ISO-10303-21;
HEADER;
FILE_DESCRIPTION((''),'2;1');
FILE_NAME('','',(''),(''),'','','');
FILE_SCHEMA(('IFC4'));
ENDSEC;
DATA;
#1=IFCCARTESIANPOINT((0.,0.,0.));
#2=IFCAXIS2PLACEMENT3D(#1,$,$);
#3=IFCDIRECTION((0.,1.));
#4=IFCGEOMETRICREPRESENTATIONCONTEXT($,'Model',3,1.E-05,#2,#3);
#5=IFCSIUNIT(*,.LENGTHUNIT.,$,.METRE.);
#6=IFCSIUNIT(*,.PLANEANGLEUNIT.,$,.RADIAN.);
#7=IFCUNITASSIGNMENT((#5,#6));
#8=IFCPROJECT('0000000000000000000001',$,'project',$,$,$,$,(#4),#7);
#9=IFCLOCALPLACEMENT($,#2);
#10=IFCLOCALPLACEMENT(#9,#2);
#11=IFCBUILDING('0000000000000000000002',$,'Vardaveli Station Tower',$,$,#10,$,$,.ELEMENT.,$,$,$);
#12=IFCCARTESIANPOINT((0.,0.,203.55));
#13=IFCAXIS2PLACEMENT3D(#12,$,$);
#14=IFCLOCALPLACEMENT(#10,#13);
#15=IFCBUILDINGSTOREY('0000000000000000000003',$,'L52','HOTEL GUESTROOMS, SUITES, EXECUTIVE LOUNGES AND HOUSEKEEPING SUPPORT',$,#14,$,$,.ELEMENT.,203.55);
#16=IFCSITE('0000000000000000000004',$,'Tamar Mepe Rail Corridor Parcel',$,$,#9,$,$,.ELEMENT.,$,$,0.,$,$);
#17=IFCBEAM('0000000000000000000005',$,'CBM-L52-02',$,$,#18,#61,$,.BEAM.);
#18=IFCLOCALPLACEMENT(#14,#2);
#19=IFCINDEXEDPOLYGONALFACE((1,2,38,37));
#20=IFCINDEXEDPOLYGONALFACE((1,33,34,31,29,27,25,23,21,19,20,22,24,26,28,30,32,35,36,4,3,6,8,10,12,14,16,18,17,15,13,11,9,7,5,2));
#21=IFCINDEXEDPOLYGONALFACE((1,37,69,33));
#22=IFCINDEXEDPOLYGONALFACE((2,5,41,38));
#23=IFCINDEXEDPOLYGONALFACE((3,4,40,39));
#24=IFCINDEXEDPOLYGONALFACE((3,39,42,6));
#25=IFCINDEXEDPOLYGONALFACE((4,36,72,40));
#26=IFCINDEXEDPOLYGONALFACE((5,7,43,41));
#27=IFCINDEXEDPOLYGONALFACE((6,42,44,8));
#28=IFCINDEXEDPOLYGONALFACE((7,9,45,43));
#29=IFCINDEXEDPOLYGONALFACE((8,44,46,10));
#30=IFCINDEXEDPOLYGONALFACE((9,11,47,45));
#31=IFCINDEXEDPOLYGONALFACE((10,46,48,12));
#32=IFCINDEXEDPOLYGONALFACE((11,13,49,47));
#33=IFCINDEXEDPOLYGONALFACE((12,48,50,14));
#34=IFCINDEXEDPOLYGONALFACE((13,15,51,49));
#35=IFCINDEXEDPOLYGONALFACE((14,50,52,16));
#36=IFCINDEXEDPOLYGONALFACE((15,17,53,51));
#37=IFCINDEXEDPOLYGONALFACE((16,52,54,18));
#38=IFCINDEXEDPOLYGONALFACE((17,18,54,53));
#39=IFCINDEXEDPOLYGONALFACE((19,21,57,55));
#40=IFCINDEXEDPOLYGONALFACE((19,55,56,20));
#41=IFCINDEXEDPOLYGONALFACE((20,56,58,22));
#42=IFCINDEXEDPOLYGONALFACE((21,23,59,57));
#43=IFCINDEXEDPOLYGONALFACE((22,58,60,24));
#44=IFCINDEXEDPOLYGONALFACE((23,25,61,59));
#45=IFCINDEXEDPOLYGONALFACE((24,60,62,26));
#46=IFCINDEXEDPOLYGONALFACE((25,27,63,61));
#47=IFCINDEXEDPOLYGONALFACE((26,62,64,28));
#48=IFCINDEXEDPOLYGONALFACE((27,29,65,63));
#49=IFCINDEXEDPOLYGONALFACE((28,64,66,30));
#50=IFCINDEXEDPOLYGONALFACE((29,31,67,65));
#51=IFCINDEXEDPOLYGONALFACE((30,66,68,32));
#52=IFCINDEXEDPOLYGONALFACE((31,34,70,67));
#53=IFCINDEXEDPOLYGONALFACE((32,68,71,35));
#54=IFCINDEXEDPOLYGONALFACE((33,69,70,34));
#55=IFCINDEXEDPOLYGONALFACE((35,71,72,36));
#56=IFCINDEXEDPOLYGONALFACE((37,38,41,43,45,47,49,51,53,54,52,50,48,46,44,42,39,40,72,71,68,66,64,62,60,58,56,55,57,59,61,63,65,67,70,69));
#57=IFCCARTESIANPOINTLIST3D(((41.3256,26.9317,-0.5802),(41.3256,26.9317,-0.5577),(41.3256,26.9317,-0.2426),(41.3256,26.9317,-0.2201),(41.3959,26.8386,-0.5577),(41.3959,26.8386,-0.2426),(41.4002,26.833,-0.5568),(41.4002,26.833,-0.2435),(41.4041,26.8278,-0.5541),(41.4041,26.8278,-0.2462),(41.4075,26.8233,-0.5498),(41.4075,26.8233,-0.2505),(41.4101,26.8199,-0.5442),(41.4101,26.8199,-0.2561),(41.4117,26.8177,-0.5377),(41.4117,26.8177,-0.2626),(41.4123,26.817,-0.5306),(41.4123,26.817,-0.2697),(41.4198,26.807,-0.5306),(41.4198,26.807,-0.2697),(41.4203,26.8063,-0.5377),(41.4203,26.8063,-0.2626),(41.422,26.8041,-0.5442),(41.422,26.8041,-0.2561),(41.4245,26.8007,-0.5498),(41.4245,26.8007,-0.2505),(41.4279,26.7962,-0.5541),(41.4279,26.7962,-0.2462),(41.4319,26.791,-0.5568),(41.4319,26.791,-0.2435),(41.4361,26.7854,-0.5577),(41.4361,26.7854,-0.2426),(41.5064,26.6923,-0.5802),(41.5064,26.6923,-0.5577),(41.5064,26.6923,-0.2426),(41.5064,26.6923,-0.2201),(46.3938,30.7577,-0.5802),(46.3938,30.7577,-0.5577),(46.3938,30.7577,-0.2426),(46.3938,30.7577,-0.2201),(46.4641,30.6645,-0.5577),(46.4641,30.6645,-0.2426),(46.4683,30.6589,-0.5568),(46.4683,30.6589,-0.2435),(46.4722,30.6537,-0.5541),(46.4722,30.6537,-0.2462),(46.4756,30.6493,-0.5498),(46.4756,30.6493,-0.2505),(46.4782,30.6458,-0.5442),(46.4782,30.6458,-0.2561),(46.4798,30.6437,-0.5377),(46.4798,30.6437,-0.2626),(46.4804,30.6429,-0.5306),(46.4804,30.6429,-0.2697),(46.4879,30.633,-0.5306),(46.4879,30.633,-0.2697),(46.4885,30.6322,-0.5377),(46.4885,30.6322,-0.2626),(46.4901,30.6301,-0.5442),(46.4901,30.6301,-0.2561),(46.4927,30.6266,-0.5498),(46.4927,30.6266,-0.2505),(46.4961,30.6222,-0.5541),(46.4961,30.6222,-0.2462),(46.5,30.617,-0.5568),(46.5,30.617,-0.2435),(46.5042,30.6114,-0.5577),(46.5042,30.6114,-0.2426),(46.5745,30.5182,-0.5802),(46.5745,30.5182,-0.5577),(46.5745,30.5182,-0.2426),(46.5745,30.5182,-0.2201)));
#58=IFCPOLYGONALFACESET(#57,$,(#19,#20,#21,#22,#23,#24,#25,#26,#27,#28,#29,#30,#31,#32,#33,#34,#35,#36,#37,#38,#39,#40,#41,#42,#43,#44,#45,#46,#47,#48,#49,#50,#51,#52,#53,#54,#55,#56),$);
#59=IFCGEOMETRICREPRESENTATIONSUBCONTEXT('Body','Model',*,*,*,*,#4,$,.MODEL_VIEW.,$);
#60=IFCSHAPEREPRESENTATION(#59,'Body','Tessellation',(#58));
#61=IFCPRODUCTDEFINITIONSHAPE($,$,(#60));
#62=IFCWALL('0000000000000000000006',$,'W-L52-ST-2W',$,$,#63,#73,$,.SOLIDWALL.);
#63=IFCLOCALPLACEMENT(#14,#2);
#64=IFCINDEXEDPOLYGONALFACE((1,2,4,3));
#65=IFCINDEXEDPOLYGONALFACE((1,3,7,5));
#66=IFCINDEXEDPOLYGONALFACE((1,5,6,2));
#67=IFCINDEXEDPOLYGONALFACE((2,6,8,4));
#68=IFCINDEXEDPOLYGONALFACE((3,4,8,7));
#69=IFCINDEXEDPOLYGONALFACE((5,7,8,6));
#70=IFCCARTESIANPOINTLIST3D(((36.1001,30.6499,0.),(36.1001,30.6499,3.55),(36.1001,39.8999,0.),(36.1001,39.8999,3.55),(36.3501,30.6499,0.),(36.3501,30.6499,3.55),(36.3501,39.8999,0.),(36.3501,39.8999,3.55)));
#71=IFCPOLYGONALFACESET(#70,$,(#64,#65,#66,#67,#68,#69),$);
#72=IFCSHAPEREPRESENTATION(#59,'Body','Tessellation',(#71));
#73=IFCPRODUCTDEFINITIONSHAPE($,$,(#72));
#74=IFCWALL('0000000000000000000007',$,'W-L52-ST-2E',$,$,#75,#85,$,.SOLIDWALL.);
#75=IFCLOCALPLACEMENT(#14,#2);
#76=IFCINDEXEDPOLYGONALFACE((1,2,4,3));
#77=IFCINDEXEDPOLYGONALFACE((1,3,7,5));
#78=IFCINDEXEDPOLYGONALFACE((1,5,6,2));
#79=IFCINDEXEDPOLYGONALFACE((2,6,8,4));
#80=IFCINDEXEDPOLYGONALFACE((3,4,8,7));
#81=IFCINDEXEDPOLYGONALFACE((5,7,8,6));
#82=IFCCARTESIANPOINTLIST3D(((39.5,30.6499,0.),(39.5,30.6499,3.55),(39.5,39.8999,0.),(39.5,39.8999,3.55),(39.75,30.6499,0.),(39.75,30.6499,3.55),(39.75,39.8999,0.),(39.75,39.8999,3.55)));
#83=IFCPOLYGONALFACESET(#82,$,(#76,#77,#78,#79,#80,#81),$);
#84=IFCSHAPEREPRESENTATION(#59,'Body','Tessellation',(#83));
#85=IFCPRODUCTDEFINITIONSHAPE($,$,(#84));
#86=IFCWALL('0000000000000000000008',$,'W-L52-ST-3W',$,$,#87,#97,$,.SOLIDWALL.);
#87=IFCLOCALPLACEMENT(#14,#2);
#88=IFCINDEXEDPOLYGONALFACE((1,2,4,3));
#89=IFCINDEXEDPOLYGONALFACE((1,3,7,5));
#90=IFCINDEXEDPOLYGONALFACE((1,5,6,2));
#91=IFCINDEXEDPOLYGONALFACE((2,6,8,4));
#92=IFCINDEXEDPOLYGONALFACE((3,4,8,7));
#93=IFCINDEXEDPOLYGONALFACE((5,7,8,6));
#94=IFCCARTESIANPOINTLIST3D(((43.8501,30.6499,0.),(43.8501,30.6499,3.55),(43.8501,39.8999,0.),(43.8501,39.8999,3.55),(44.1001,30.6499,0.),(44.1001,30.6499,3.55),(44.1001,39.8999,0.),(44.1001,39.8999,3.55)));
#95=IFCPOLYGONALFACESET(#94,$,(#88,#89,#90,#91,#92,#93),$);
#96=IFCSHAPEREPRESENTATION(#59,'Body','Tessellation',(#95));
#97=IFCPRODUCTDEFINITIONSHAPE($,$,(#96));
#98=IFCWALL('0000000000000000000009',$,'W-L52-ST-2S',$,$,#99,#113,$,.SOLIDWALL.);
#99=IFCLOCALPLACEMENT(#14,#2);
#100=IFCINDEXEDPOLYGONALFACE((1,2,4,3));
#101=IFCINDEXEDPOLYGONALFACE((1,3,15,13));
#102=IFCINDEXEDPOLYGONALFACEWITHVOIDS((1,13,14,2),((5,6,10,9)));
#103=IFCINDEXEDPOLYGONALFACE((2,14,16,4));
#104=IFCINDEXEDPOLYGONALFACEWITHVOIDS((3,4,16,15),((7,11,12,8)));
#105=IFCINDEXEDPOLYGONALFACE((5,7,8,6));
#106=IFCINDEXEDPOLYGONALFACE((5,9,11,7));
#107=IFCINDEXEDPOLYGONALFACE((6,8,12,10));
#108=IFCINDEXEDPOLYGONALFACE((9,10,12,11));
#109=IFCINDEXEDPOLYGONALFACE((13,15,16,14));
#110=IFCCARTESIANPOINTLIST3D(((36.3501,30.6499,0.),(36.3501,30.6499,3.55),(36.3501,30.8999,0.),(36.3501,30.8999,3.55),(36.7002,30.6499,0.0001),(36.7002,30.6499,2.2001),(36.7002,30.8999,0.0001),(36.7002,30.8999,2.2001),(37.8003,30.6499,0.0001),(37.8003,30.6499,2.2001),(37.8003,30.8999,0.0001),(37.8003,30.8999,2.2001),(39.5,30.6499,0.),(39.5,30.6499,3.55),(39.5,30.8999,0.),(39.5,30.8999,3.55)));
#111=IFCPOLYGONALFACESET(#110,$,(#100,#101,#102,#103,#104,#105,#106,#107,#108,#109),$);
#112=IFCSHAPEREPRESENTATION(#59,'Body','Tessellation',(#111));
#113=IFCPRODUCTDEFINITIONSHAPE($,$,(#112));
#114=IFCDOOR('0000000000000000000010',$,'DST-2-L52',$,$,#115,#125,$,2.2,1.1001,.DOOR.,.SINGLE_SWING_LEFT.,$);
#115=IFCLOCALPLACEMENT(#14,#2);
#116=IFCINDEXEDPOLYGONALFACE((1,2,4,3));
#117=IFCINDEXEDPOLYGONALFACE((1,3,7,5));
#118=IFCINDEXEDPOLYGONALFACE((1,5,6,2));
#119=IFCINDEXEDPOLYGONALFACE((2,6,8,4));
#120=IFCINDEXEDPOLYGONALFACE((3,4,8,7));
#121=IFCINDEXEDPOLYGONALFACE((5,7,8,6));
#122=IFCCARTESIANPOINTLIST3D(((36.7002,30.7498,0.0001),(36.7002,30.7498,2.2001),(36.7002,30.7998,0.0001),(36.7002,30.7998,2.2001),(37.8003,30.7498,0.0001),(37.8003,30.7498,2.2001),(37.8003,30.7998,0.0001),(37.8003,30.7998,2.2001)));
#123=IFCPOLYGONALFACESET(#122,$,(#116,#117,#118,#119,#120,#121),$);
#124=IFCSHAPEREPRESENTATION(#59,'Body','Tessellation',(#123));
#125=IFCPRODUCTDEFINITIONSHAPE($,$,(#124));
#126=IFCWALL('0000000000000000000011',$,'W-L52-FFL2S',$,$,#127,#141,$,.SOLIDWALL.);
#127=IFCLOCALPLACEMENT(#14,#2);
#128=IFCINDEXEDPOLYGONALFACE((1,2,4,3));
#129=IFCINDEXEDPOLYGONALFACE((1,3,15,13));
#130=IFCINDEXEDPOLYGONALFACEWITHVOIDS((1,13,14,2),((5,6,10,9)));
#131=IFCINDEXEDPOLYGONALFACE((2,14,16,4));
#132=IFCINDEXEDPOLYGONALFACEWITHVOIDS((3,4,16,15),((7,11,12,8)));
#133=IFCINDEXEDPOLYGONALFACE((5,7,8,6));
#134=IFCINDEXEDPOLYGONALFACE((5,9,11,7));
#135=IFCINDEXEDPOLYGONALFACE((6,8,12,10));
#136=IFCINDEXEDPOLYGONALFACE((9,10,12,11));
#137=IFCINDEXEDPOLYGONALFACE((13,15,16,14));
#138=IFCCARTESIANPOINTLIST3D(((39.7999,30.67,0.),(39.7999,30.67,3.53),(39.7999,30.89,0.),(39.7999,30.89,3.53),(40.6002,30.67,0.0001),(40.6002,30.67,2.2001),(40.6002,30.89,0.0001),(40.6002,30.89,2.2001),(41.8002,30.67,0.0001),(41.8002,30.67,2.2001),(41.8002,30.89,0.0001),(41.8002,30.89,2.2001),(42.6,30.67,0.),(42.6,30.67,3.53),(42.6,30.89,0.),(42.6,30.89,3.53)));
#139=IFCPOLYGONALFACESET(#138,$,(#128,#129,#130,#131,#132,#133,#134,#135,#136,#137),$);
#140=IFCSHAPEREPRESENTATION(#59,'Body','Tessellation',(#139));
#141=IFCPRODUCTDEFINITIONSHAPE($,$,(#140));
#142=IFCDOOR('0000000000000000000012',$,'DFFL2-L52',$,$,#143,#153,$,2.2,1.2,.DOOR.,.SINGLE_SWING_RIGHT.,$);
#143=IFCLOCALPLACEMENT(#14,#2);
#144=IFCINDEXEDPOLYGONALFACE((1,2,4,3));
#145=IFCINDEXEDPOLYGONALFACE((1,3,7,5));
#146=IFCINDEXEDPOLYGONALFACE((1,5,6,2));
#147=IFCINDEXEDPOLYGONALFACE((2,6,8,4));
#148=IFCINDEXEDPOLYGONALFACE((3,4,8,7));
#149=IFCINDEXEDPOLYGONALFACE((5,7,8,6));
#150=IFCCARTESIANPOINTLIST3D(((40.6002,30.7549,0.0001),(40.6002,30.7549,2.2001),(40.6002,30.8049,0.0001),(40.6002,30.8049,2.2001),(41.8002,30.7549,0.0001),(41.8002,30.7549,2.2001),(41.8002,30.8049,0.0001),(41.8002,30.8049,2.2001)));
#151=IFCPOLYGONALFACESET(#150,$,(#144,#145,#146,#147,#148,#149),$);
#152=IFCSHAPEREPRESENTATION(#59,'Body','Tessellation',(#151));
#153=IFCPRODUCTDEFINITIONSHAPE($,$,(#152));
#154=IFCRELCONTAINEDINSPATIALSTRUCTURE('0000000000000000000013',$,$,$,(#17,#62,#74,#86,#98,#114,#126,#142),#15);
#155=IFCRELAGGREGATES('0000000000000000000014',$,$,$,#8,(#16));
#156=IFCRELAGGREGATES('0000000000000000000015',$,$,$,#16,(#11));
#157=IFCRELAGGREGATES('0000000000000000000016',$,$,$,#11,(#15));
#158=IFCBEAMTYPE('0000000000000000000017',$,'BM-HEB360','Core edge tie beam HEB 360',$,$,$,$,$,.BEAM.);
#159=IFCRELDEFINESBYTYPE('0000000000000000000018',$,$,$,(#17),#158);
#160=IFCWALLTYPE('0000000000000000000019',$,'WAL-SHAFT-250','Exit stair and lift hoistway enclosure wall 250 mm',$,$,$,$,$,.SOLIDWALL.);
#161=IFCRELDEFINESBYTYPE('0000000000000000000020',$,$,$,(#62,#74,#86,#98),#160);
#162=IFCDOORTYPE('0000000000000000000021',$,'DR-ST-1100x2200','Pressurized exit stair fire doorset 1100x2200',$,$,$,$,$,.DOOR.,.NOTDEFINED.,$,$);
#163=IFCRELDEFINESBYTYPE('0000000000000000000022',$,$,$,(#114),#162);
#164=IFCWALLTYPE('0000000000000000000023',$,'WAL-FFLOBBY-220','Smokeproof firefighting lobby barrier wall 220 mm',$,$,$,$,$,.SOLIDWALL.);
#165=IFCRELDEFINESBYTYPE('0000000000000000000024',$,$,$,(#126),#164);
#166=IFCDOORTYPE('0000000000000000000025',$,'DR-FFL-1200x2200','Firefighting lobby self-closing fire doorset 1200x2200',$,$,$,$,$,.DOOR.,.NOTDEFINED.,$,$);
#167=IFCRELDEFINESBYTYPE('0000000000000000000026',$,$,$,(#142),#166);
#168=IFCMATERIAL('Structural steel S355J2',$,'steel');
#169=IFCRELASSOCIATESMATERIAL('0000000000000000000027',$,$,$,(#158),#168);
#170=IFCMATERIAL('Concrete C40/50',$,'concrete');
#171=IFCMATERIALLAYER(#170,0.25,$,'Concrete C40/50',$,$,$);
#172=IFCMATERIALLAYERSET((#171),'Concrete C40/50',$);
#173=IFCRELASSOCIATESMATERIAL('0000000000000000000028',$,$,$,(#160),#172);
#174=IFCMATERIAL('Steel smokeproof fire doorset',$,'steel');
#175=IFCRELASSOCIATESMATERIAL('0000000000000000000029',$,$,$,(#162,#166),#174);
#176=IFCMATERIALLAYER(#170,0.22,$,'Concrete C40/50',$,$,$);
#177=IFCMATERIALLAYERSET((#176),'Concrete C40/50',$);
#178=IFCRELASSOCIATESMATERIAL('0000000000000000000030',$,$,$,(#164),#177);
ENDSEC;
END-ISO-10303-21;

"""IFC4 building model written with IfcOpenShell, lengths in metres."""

from ifc_helpers import new_model, si_unit, direction, frame, frame_2d, origin, origin_2d, place, context, subcontext, project, spatial, rectangle, i_section, extrude, source, transform, mapped, material, layer, layer_set, material_profile, profile_set, type_object, element, fill, save


model = new_model("IFC4")

# Units and contexts
model_context = context("Model", 3, precision=1e-05, world=origin(), true_north=direction((0.0, 1.0)))
body_context = subcontext(model_context, "Body", "Model", "MODEL_VIEW")
ifc_project = project(units=[si_unit("LENGTHUNIT", "METRE"), si_unit("PLANEANGLEUNIT", "RADIAN")], contexts=[model_context])

# Site, building, storey
site_placement = place(None, origin())
site = spatial("IfcSite", under=ifc_project, at=site_placement, Name="Tamar Mepe Rail Corridor Parcel", CompositionType="ELEMENT", RefElevation=0.0)
building_placement = place(site_placement, origin())
building = spatial("IfcBuilding", under=site, at=building_placement, Name="Vardaveli Station Tower", CompositionType="ELEMENT")
storey_placement = place(building_placement, frame((0.0, 0.0, 203.55)))
storey = spatial("IfcBuildingStorey", under=building, at=storey_placement, Name="L52", Description="HOTEL GUESTROOMS, SUITES, EXECUTIVE LOUNGES AND HOUSEKEEPING SUPPORT", CompositionType="ELEMENT", Elevation=203.55)

# Beam
ifc_material_1 = material(Name="Structural steel S355J2", Category="steel")
ifc_material_profile_1 = material_profile(ifc_material_1, i_section(OverallWidth=0.3, OverallDepth=0.3601, WebThickness=0.0125, FlangeThickness=0.0225, FilletRadius=0.0271, at=origin_2d()), Name="HEB 360")
ifc_profile_set_1 = profile_set([ifc_material_profile_1], Name="Structural steel S355J2")
beam_type_1 = type_object("IfcBeamType", Name="BM-HEB360", Description="Core edge tie beam HEB 360", PredefinedType="BEAM", material=ifc_profile_set_1)
shared_shape_1 = source(origin(), body_context, "Body", "SweptSolid", [
    extrude(i_section(OverallWidth=0.3, OverallDepth=0.3601, WebThickness=0.0125, FlangeThickness=0.0225, FilletRadius=0.0271, at=origin_2d()), origin(), (0.0, 0.0, 1.0), 6.3501),
])
beam_1_placement = place(storey_placement, frame((41.416, 26.812, -0.4001), z_axis=(0.798118, 0.602501, 0.0), x_axis=(-0.602501, 0.798118, 0.0)))
element("IfcBeam", 1, at=beam_1_placement, inside=storey, type_object=beam_type_1, Name="CBM-L52-02", PredefinedType="BEAM", context=body_context, shape_type="MappedRepresentation", body=[
    mapped(shared_shape_1, transform((0.0, 0.0, 0.0), scale=1.0)),
])

# Walls
ifc_material_2 = material(Name="Concrete C40/50", Category="concrete")
ifc_layer_1 = layer(ifc_material_2, 0.25, Name="Concrete C40/50")
ifc_layer_set_1 = layer_set([ifc_layer_1], Name="Concrete C40/50")
wall_type_1 = type_object("IfcWallType", Name="WAL-SHAFT-250", Description="Exit stair and lift hoistway enclosure wall 250 mm", PredefinedType="SOLIDWALL", material=ifc_layer_set_1)
shared_shape_2 = source(origin(), body_context, "Body", "SweptSolid", [
    extrude(rectangle(XDim=9.25, YDim=0.25, at=frame_2d((4.625, 0.0))), origin(), (0.0, 0.0, 1.0), 3.55),
])
for number, where, z_axis, x_axis, name in (
    (2, (36.2251, 30.6499, 0.0), (0.0, 0.0, 1.0), (0.0, 1.0, 0.0), "W-L52-ST-2W"),
    (3, (39.625, 30.6499, 0.0), (0.0, 0.0, 1.0), (0.0, 1.0, 0.0), "W-L52-ST-2E"),
    (4, (43.9751, 30.6499, 0.0), (0.0, 0.0, 1.0), (0.0, 1.0, 0.0), "W-L52-ST-3W"),
):
    element("IfcWall", number, at=place(storey_placement, frame(where, z_axis=z_axis, x_axis=x_axis)), inside=storey, type_object=wall_type_1, Name=name, PredefinedType="SOLIDWALL", context=body_context, shape_type="MappedRepresentation", body=[
        mapped(shared_shape_2, transform((0.0, 0.0, 0.0), scale=1.0)),
    ])

# Walls, openings, doors
shared_shape_3 = source(origin(), body_context, "Body", "SweptSolid", [
    extrude(rectangle(XDim=3.1499, YDim=0.25, at=frame_2d((1.575, 0.0))), origin(), (0.0, 0.0, 1.0), 3.55),
])
wall_1_placement = place(storey_placement, frame((36.3501, 30.7749, 0.0), z_axis=(0.0, 0.0, 1.0), x_axis=(1.0, 0.0, 0.0)))
wall_1 = element("IfcWall", 5, at=wall_1_placement, inside=storey, type_object=wall_type_1, Name="W-L52-ST-2S", PredefinedType="SOLIDWALL", context=body_context, shape_type="MappedRepresentation", body=[
    mapped(shared_shape_3, transform((0.0, 0.0, 0.0), scale=1.0)),
])
shared_shape_4 = source(origin(), body_context, "Body", "SweptSolid", [
    extrude(rectangle(XDim=1.1001, YDim=2.2, at=frame_2d((0.55, 1.1001))), frame((0.0, 0.135, 0.0), z_axis=(0.0, -1.0, 0.0), x_axis=(1.0, 0.0, 0.0)), (0.0, 0.0, 1.0), 0.27),
])
opening_1_placement = place(wall_1_placement, frame((0.3501, 0.0, 0.0)))
opening_1 = element("IfcOpeningElement", 6, at=opening_1_placement, cuts=wall_1, PredefinedType="OPENING", context=body_context, shape_type="MappedRepresentation", body=[
    mapped(shared_shape_4, transform((0.0, 0.0, 0.0), scale=1.0)),
])
ifc_material_3 = material(Name="Steel smokeproof fire doorset", Category="steel")
door_type_1 = type_object("IfcDoorType", Name="DR-ST-1100x2200", Description="Pressurized exit stair fire doorset 1100x2200", OperationType="NOTDEFINED", PredefinedType="DOOR", material=ifc_material_3)
shared_shape_5 = source(origin(), body_context, "Body", "SweptSolid", [
    extrude(rectangle(XDim=1.1001, YDim=2.2, at=frame_2d((0.55, 1.1001))), frame((0.0, 0.0249, 0.0), z_axis=(0.0, -1.0, 0.0), x_axis=(1.0, 0.0, 0.0)), (0.0, 0.0, 1.0), 0.05),
])
door_1_placement = place(opening_1_placement, origin())
door_1 = element("IfcDoor", 7, at=door_1_placement, inside=storey, type_object=door_type_1, Name="DST-2-L52", OperationType="SINGLE_SWING_LEFT", OverallHeight=2.2, OverallWidth=1.1001, PredefinedType="DOOR", context=body_context, shape_type="MappedRepresentation", body=[
    mapped(shared_shape_5, transform((0.0, 0.0, 0.0), scale=1.0)),
])
fill(opening_1, door_1)
ifc_layer_2 = layer(ifc_material_2, 0.22, Name="Concrete C40/50")
ifc_layer_set_2 = layer_set([ifc_layer_2], Name="Concrete C40/50")
wall_type_2 = type_object("IfcWallType", Name="WAL-FFLOBBY-220", Description="Smokeproof firefighting lobby barrier wall 220 mm", PredefinedType="SOLIDWALL", material=ifc_layer_set_2)
shared_shape_6 = source(origin(), body_context, "Body", "SweptSolid", [
    extrude(rectangle(XDim=2.8, YDim=0.22, at=frame_2d((1.3999, 0.0))), origin(), (0.0, 0.0, 1.0), 3.53),
])
wall_2_placement = place(storey_placement, frame((39.8, 30.78, 0.0), z_axis=(0.0, 0.0, 1.0), x_axis=(1.0, 0.0, 0.0)))
wall_2 = element("IfcWall", 8, at=wall_2_placement, inside=storey, type_object=wall_type_2, Name="W-L52-FFL2S", PredefinedType="SOLIDWALL", context=body_context, shape_type="MappedRepresentation", body=[
    mapped(shared_shape_6, transform((0.0, 0.0, 0.0), scale=1.0)),
])
shared_shape_7 = source(origin(), body_context, "Body", "SweptSolid", [
    extrude(rectangle(XDim=1.2, YDim=2.2, at=frame_2d((0.6001, 1.1001))), frame((0.0, 0.1201, 0.0), z_axis=(0.0, -1.0, 0.0), x_axis=(1.0, 0.0, 0.0)), (0.0, 0.0, 1.0), 0.24),
])
opening_2_placement = place(wall_2_placement, frame((0.8, 0.0, 0.0)))
opening_2 = element("IfcOpeningElement", 9, at=opening_2_placement, cuts=wall_2, PredefinedType="OPENING", context=body_context, shape_type="MappedRepresentation", body=[
    mapped(shared_shape_7, transform((0.0, 0.0, 0.0), scale=1.0)),
])
door_type_2 = type_object("IfcDoorType", Name="DR-FFL-1200x2200", Description="Firefighting lobby self-closing fire doorset 1200x2200", OperationType="NOTDEFINED", PredefinedType="DOOR", material=ifc_material_3)
shared_shape_8 = source(origin(), body_context, "Body", "SweptSolid", [
    extrude(rectangle(XDim=1.2, YDim=2.2, at=frame_2d((0.6001, 1.1001))), frame((0.0, 0.0249, 0.0), z_axis=(0.0, -1.0, 0.0), x_axis=(1.0, 0.0, 0.0)), (0.0, 0.0, 1.0), 0.05),
])
door_2_placement = place(opening_2_placement, origin())
door_2 = element("IfcDoor", 10, at=door_2_placement, inside=storey, type_object=door_type_2, Name="DFFL2-L52", OperationType="SINGLE_SWING_RIGHT", OverallHeight=2.2, OverallWidth=1.2, PredefinedType="DOOR", context=body_context, shape_type="MappedRepresentation", body=[
    mapped(shared_shape_8, transform((0.0, 0.0, 0.0), scale=1.0)),
])
fill(opening_2, door_2)

save(model, "model.ifc")
